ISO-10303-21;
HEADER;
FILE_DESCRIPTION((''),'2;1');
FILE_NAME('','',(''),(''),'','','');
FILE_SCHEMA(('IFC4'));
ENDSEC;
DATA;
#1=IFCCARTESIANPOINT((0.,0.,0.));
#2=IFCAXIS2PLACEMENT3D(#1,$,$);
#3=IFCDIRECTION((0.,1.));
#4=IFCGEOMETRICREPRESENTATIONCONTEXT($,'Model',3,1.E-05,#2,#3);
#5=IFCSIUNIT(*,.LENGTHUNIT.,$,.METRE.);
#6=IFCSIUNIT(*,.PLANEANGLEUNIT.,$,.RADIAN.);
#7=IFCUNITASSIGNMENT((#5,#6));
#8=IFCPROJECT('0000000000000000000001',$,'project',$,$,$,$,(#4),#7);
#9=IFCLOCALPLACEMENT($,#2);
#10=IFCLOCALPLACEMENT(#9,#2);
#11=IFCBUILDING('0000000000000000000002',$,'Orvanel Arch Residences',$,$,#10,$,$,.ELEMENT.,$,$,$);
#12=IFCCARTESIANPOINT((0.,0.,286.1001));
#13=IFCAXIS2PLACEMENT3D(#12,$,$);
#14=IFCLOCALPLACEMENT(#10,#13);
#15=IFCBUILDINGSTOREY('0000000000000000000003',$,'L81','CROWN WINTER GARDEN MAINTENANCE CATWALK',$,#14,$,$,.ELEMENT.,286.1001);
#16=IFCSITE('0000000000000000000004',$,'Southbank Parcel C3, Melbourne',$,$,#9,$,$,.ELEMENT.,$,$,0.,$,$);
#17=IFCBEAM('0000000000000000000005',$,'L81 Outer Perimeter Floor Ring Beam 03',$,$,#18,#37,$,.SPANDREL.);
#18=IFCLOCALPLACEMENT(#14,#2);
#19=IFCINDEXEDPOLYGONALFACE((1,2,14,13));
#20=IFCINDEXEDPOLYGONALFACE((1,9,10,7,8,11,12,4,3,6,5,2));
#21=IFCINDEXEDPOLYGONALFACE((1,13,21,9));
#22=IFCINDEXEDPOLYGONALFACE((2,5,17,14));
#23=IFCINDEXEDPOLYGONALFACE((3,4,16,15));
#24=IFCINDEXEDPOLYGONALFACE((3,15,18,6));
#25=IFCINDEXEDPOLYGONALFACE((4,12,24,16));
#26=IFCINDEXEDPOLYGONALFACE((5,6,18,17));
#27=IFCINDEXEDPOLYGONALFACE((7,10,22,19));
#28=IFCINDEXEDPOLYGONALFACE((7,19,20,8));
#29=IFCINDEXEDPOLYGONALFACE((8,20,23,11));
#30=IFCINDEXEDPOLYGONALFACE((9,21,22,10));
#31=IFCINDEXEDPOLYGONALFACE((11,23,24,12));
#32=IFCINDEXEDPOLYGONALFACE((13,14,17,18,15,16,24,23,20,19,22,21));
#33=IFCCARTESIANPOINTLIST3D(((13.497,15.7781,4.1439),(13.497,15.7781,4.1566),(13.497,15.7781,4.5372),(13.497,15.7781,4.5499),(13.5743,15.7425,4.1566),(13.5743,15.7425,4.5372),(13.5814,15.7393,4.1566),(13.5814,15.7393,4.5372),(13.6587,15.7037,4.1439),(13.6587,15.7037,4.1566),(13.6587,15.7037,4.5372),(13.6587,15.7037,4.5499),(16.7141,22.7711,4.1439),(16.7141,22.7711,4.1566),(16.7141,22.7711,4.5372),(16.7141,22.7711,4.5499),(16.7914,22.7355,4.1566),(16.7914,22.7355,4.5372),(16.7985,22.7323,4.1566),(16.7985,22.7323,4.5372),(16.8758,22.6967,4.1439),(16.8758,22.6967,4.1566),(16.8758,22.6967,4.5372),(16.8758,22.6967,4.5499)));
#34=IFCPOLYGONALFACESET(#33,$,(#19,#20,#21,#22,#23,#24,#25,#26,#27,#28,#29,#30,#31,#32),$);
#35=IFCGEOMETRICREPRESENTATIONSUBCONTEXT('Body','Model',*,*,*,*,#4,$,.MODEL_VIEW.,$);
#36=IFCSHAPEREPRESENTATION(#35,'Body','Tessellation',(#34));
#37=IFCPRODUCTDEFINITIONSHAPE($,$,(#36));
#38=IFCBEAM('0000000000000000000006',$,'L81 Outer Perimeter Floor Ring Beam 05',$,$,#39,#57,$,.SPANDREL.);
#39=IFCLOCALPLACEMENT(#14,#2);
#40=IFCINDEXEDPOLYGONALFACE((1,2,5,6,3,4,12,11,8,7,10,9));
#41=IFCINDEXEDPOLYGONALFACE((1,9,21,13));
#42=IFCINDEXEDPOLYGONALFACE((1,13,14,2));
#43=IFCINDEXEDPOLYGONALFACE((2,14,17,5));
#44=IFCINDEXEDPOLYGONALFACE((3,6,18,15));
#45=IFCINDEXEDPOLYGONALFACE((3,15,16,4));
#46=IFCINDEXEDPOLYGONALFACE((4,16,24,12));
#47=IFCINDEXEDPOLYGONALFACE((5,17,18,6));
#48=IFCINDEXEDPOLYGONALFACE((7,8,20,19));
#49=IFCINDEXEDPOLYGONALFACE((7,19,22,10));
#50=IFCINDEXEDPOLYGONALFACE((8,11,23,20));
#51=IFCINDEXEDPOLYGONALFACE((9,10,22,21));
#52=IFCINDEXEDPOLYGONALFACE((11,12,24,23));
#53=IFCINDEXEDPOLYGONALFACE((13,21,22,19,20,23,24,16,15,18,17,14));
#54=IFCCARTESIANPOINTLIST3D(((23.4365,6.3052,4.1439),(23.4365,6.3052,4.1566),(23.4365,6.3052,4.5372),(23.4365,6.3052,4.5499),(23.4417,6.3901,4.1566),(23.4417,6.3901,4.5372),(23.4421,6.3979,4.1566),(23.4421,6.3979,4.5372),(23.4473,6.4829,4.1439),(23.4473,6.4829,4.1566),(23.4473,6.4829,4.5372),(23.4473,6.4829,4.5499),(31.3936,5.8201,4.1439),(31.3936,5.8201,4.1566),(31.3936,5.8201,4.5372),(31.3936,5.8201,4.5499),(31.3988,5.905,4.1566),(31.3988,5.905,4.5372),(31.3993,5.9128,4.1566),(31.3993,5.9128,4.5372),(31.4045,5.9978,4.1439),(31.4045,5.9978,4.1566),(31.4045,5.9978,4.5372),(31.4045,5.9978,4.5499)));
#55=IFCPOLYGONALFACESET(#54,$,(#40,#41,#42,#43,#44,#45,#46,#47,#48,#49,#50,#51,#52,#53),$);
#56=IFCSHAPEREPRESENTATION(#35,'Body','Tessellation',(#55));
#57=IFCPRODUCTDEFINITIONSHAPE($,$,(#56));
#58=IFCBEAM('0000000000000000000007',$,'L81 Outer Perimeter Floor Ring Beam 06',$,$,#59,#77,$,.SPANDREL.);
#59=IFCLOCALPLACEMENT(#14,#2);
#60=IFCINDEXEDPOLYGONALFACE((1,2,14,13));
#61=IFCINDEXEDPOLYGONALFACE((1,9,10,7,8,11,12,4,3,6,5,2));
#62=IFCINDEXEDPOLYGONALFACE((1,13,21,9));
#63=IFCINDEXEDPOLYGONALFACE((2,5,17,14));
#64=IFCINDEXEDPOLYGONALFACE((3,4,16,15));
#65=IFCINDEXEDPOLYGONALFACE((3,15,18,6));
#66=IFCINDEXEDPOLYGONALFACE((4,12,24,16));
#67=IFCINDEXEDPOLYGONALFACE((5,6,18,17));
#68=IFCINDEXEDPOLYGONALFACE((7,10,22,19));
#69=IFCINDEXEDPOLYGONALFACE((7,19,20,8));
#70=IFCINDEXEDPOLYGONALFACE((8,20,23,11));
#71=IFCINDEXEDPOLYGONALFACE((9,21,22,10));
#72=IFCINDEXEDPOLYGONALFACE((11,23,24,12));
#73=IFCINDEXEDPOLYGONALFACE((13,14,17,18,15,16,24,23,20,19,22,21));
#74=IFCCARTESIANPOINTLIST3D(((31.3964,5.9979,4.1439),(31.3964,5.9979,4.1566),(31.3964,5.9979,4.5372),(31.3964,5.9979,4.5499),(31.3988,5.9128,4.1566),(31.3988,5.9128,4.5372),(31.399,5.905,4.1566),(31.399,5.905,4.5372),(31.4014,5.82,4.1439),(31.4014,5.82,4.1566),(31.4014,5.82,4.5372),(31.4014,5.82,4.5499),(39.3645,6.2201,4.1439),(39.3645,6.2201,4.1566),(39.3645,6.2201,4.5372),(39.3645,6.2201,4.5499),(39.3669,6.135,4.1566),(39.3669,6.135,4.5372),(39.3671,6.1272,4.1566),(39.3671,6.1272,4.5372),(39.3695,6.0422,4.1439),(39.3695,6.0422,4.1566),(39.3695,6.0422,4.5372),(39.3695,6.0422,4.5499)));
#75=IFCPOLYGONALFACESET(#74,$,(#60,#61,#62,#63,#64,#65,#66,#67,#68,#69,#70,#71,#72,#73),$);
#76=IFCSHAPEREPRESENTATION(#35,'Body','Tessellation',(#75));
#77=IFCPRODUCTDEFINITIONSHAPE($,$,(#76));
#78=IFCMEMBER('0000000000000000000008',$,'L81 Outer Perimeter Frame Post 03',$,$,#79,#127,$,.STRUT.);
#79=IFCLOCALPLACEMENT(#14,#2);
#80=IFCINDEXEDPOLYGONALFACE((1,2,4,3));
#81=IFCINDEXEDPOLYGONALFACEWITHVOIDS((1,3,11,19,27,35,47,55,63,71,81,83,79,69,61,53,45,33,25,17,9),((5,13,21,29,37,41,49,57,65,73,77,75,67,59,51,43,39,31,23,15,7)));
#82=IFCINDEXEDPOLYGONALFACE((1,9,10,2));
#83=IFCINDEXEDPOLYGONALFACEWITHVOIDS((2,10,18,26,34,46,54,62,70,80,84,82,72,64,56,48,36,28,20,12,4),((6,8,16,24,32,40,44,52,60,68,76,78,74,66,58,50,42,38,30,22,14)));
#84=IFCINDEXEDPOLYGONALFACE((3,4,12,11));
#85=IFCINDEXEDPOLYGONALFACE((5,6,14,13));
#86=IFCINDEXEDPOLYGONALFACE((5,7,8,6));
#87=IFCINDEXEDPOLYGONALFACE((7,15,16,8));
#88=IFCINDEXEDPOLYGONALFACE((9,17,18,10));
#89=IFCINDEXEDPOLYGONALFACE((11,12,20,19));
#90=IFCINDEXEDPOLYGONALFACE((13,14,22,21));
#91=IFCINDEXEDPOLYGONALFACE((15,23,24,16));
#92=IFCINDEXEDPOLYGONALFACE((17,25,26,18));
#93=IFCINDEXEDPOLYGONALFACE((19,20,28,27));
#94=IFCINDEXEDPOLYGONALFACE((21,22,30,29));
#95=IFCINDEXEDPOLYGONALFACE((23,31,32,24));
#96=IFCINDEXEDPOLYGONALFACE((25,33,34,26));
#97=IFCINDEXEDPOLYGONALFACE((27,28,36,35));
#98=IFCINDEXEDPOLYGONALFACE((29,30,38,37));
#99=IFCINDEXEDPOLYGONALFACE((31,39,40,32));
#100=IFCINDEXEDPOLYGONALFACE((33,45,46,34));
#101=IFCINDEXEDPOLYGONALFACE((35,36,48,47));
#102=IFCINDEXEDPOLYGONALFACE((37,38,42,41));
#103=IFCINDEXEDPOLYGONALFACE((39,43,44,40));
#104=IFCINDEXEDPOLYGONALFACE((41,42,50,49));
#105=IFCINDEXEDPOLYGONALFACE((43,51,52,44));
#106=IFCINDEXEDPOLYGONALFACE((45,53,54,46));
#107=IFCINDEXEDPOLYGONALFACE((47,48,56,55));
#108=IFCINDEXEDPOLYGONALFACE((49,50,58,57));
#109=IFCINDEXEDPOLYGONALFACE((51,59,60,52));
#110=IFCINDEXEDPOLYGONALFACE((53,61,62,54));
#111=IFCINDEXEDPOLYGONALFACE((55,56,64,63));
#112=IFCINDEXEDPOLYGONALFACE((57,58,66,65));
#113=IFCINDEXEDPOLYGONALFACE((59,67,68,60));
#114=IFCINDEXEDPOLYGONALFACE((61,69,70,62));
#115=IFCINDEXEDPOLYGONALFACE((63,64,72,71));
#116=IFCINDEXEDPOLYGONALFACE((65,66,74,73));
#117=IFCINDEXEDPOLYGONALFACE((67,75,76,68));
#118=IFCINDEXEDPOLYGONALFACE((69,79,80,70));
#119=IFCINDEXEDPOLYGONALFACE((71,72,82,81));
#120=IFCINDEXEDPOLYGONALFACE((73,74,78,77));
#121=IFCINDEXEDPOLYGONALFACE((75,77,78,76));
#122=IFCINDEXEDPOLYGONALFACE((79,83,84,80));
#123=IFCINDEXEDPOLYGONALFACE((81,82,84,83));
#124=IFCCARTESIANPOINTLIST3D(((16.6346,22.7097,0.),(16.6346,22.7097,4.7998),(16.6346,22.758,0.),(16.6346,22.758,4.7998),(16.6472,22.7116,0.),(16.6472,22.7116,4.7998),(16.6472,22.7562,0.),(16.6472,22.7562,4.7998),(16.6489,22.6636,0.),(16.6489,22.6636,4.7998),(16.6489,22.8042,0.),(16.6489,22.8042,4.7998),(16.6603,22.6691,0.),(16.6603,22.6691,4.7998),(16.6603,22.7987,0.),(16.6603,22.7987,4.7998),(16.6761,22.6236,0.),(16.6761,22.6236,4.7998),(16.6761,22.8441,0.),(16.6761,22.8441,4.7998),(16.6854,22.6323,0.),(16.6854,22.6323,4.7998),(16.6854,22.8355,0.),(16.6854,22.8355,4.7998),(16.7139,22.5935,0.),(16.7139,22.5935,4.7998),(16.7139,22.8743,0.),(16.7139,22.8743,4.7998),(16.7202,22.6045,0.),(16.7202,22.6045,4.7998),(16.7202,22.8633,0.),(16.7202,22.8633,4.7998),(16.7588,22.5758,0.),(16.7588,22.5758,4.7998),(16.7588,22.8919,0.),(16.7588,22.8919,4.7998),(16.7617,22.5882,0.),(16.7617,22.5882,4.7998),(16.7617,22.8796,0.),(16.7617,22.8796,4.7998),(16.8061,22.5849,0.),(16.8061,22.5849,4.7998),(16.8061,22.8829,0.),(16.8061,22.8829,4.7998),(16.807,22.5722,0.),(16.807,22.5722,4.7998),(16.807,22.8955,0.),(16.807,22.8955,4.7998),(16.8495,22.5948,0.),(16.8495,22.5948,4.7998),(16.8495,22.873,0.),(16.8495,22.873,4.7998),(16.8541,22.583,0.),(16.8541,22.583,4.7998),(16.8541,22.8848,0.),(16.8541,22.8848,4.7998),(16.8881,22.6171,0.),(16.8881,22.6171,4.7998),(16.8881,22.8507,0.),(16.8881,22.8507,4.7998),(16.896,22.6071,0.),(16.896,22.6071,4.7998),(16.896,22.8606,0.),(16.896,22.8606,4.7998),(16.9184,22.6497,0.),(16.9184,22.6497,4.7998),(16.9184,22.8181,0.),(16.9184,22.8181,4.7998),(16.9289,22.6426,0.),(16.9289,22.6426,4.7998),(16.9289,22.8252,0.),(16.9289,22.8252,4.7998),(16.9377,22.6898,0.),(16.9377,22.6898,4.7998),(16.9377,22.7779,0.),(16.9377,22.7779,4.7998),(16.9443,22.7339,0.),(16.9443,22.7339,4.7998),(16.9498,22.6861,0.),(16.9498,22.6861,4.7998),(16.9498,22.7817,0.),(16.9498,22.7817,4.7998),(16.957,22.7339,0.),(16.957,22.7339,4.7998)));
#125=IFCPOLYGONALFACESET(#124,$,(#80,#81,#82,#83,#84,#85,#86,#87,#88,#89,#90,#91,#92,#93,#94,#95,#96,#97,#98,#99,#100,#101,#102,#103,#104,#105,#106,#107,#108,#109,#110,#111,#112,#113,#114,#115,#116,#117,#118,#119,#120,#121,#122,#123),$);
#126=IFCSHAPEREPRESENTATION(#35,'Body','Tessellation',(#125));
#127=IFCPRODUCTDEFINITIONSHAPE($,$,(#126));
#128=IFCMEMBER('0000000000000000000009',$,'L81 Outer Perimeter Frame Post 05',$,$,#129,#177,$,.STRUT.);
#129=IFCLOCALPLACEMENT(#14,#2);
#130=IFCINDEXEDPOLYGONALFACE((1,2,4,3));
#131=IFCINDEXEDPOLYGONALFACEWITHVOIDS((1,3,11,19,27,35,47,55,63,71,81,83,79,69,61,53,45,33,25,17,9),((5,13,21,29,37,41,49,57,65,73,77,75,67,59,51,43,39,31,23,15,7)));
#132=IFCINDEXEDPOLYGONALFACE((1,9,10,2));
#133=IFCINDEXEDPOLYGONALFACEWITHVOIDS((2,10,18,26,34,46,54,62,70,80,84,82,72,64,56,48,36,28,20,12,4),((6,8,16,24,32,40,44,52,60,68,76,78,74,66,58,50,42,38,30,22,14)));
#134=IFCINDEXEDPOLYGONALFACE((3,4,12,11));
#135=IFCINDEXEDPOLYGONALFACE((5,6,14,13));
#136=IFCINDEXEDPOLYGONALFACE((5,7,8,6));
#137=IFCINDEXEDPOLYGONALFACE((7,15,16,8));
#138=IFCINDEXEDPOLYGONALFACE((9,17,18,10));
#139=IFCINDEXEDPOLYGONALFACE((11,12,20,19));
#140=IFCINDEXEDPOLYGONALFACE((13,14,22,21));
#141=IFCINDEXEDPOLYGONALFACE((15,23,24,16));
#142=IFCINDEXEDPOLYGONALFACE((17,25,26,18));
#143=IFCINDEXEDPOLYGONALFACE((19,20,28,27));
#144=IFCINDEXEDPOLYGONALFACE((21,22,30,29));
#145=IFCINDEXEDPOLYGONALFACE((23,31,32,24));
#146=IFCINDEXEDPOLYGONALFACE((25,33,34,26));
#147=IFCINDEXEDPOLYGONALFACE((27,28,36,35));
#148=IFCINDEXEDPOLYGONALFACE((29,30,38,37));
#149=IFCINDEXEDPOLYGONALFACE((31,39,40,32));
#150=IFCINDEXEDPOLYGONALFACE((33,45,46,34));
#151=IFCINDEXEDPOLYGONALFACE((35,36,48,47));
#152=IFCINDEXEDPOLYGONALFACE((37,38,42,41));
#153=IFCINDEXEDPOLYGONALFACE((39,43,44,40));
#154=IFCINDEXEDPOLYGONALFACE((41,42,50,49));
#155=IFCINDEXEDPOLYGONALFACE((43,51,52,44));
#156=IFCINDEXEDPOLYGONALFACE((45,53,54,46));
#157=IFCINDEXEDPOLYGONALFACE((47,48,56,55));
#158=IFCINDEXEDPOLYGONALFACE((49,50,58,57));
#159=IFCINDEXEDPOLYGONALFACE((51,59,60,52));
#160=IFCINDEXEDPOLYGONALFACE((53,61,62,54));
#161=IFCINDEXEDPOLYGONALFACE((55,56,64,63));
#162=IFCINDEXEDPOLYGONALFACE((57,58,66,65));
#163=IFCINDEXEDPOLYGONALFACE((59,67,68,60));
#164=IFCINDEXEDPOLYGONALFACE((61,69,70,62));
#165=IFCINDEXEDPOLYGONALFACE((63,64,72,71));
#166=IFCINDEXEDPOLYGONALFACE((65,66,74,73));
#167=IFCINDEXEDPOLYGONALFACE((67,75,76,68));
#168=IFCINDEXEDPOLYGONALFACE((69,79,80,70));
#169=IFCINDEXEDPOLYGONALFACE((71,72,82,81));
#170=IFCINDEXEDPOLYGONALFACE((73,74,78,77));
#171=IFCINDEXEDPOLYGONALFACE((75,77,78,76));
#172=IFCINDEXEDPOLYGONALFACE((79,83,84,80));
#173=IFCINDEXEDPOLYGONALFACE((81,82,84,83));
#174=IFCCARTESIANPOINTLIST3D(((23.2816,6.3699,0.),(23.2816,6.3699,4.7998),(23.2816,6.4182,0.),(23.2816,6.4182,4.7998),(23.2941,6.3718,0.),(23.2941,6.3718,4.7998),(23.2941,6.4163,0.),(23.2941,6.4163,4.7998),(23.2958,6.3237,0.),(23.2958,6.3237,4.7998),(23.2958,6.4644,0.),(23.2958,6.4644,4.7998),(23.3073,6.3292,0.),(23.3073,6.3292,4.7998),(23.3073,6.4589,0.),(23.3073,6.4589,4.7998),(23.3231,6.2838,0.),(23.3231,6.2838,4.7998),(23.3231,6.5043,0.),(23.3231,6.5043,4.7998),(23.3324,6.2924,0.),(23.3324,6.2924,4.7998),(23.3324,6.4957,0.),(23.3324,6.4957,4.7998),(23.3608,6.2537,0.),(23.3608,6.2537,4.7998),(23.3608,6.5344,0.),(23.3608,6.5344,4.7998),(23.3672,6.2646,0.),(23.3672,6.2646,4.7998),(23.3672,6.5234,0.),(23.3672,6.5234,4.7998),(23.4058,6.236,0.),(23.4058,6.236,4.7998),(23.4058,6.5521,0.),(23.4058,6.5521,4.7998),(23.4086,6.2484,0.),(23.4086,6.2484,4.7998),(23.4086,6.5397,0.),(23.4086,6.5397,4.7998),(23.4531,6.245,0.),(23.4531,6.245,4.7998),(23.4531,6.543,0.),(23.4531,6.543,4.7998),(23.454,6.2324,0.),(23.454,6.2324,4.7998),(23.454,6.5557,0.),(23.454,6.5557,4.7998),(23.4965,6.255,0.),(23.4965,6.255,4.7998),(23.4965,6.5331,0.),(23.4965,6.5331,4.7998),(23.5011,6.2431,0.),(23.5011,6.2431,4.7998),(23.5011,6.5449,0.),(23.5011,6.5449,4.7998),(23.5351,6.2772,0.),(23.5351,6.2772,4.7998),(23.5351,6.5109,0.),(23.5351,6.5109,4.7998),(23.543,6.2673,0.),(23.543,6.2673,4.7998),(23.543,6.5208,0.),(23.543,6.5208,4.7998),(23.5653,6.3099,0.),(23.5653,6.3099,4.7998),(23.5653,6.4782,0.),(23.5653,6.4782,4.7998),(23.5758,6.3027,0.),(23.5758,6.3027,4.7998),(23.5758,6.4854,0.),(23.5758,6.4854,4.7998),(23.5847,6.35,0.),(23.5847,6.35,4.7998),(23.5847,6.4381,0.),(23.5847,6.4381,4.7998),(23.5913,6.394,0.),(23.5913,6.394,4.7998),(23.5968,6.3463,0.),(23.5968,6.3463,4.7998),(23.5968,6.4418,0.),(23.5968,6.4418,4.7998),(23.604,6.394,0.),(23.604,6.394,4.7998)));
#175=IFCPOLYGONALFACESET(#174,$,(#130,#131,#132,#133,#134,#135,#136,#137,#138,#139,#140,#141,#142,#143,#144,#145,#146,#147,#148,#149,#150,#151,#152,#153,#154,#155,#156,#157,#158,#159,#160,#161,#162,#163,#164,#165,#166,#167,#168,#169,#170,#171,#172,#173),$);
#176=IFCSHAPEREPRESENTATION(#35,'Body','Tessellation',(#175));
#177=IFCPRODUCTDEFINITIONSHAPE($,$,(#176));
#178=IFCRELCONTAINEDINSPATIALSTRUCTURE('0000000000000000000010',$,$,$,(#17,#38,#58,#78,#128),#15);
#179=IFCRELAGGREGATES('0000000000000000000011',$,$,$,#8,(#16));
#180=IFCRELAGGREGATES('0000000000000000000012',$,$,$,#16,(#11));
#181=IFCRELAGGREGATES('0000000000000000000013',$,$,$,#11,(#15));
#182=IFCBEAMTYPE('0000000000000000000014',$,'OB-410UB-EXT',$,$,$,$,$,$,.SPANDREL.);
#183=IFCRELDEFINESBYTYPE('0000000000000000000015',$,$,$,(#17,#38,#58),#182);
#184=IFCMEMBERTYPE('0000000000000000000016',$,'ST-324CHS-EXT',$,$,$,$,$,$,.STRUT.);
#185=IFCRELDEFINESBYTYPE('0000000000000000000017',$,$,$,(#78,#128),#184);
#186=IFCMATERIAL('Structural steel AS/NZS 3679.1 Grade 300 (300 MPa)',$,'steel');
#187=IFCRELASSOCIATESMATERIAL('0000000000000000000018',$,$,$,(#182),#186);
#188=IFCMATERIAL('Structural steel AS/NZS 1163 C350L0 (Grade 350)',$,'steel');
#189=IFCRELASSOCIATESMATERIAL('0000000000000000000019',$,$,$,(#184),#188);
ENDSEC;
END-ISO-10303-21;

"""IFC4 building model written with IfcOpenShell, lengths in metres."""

from ifc_helpers import new_model, si_unit, direction, frame, origin, origin_2d, place, context, subcontext, project, spatial, hollow_circle, i_section, extrude, material, material_profile, profile_set, type_object, element, save


model = new_model("IFC4")

# Units and contexts
model_context = context("Model", 3, precision=1e-05, world=origin(), true_north=direction((0.0, 1.0)))
body_context = subcontext(model_context, "Body", "Model", "MODEL_VIEW")
ifc_project = project(units=[si_unit("LENGTHUNIT", "METRE"), si_unit("PLANEANGLEUNIT", "RADIAN")], contexts=[model_context])

# Site, building, storey
site_placement = place(None, origin())
site = spatial("IfcSite", under=ifc_project, at=site_placement, Name="Southbank Parcel C3, Melbourne", CompositionType="ELEMENT", RefElevation=0.0)
building_placement = place(site_placement, origin())
building = spatial("IfcBuilding", under=site, at=building_placement, Name="Orvanel Arch Residences", CompositionType="ELEMENT")
storey_placement = place(building_placement, frame((0.0, 0.0, 286.1001)))
storey = spatial("IfcBuildingStorey", under=building, at=storey_placement, Name="L81", Description="CROWN WINTER GARDEN MAINTENANCE CATWALK", CompositionType="ELEMENT", Elevation=286.1001)

# Beams
ifc_material_1 = material(Name="Structural steel AS/NZS 3679.1 Grade 300 (300 MPa)", Category="steel")
ifc_material_profile_1 = material_profile(ifc_material_1, i_section(OverallWidth=0.178, OverallDepth=0.406, WebThickness=0.0078, FlangeThickness=0.0127, at=origin_2d()), Name="410UB59.7")
ifc_profile_set_1 = profile_set([ifc_material_profile_1], Name="Structural steel AS/NZS 3679.1 Grade 300 (300 MPa)")
beam_type_1 = type_object("IfcBeamType", Name="OB-410UB-EXT", PredefinedType="SPANDREL", material=ifc_profile_set_1)
beam_1_placement = place(storey_placement, frame((16.7949, 22.7339, 4.3469), z_axis=(-0.417938, -0.908476, 0.0), x_axis=(0.908476, -0.417938, 0.0)))
element("IfcBeam", 1, at=beam_1_placement, inside=storey, type_object=beam_type_1, Name="L81 Outer Perimeter Floor Ring Beam 03", PredefinedType="SPANDREL", context=body_context, shape_type="SweptSolid", body=[
    extrude(i_section(OverallWidth=0.178, OverallDepth=0.406, WebThickness=0.0078, FlangeThickness=0.0127, at=origin_2d()), origin(), (0.0, 0.0, 1.0), 7.6975),
])
beam_2_placement = place(storey_placement, frame((23.4419, 6.394, 4.3469), z_axis=(0.998147, -0.060853, 0.0), x_axis=(0.060853, 0.998147, 0.0)))
element("IfcBeam", 2, at=beam_2_placement, inside=storey, type_object=beam_type_1, Name="L81 Outer Perimeter Floor Ring Beam 05", PredefinedType="SPANDREL", context=body_context, shape_type="SweptSolid", body=[
    extrude(i_section(OverallWidth=0.178, OverallDepth=0.406, WebThickness=0.0078, FlangeThickness=0.0127, at=origin_2d()), origin(), (0.0, 0.0, 1.0), 7.9719),
])
beam_3_placement = place(storey_placement, frame((31.3989, 5.9089, 4.3469), z_axis=(0.999612, 0.027872, 0.0), x_axis=(-0.027872, 0.999612, 0.0)))
element("IfcBeam", 3, at=beam_3_placement, inside=storey, type_object=beam_type_1, Name="L81 Outer Perimeter Floor Ring Beam 06", PredefinedType="SPANDREL", context=body_context, shape_type="SweptSolid", body=[
    extrude(i_section(OverallWidth=0.178, OverallDepth=0.406, WebThickness=0.0078, FlangeThickness=0.0127, at=origin_2d()), origin(), (0.0, 0.0, 1.0), 7.9712),
])

# Members
ifc_material_2 = material(Name="Structural steel AS/NZS 1163 C350L0 (Grade 350)", Category="steel")
ifc_material_profile_2 = material_profile(ifc_material_2, hollow_circle(Radius=0.1621, WallThickness=0.0127, at=origin_2d()), Name="CHS324x12.7")
ifc_profile_set_2 = profile_set([ifc_material_profile_2], Name="Structural steel AS/NZS 1163 C350L0 (Grade 350)")
member_type_1 = type_object("IfcMemberType", Name="ST-324CHS-EXT", PredefinedType="STRUT", material=ifc_profile_set_2)
for number, where, z_axis, x_axis, name in (
    (4, (16.7949, 22.7339, 0.0), (0.0, 0.0, 1.0), (1.0, 0.0, 0.0), "L81 Outer Perimeter Frame Post 03"),
    (5, (23.4419, 6.394, 0.0), (0.0, 0.0, 1.0), (1.0, 0.0, 0.0), "L81 Outer Perimeter Frame Post 05"),
):
    element("IfcMember", number, at=place(storey_placement, frame(where, z_axis=z_axis, x_axis=x_axis)), inside=storey, type_object=member_type_1, Name=name, PredefinedType="STRUT", context=body_context, shape_type="SweptSolid", body=[
        extrude(hollow_circle(Radius=0.1621, WallThickness=0.0127, at=origin_2d()), origin(), (0.0, 0.0, 1.0), 4.7998),
    ])

save(model, "model.ifc")
